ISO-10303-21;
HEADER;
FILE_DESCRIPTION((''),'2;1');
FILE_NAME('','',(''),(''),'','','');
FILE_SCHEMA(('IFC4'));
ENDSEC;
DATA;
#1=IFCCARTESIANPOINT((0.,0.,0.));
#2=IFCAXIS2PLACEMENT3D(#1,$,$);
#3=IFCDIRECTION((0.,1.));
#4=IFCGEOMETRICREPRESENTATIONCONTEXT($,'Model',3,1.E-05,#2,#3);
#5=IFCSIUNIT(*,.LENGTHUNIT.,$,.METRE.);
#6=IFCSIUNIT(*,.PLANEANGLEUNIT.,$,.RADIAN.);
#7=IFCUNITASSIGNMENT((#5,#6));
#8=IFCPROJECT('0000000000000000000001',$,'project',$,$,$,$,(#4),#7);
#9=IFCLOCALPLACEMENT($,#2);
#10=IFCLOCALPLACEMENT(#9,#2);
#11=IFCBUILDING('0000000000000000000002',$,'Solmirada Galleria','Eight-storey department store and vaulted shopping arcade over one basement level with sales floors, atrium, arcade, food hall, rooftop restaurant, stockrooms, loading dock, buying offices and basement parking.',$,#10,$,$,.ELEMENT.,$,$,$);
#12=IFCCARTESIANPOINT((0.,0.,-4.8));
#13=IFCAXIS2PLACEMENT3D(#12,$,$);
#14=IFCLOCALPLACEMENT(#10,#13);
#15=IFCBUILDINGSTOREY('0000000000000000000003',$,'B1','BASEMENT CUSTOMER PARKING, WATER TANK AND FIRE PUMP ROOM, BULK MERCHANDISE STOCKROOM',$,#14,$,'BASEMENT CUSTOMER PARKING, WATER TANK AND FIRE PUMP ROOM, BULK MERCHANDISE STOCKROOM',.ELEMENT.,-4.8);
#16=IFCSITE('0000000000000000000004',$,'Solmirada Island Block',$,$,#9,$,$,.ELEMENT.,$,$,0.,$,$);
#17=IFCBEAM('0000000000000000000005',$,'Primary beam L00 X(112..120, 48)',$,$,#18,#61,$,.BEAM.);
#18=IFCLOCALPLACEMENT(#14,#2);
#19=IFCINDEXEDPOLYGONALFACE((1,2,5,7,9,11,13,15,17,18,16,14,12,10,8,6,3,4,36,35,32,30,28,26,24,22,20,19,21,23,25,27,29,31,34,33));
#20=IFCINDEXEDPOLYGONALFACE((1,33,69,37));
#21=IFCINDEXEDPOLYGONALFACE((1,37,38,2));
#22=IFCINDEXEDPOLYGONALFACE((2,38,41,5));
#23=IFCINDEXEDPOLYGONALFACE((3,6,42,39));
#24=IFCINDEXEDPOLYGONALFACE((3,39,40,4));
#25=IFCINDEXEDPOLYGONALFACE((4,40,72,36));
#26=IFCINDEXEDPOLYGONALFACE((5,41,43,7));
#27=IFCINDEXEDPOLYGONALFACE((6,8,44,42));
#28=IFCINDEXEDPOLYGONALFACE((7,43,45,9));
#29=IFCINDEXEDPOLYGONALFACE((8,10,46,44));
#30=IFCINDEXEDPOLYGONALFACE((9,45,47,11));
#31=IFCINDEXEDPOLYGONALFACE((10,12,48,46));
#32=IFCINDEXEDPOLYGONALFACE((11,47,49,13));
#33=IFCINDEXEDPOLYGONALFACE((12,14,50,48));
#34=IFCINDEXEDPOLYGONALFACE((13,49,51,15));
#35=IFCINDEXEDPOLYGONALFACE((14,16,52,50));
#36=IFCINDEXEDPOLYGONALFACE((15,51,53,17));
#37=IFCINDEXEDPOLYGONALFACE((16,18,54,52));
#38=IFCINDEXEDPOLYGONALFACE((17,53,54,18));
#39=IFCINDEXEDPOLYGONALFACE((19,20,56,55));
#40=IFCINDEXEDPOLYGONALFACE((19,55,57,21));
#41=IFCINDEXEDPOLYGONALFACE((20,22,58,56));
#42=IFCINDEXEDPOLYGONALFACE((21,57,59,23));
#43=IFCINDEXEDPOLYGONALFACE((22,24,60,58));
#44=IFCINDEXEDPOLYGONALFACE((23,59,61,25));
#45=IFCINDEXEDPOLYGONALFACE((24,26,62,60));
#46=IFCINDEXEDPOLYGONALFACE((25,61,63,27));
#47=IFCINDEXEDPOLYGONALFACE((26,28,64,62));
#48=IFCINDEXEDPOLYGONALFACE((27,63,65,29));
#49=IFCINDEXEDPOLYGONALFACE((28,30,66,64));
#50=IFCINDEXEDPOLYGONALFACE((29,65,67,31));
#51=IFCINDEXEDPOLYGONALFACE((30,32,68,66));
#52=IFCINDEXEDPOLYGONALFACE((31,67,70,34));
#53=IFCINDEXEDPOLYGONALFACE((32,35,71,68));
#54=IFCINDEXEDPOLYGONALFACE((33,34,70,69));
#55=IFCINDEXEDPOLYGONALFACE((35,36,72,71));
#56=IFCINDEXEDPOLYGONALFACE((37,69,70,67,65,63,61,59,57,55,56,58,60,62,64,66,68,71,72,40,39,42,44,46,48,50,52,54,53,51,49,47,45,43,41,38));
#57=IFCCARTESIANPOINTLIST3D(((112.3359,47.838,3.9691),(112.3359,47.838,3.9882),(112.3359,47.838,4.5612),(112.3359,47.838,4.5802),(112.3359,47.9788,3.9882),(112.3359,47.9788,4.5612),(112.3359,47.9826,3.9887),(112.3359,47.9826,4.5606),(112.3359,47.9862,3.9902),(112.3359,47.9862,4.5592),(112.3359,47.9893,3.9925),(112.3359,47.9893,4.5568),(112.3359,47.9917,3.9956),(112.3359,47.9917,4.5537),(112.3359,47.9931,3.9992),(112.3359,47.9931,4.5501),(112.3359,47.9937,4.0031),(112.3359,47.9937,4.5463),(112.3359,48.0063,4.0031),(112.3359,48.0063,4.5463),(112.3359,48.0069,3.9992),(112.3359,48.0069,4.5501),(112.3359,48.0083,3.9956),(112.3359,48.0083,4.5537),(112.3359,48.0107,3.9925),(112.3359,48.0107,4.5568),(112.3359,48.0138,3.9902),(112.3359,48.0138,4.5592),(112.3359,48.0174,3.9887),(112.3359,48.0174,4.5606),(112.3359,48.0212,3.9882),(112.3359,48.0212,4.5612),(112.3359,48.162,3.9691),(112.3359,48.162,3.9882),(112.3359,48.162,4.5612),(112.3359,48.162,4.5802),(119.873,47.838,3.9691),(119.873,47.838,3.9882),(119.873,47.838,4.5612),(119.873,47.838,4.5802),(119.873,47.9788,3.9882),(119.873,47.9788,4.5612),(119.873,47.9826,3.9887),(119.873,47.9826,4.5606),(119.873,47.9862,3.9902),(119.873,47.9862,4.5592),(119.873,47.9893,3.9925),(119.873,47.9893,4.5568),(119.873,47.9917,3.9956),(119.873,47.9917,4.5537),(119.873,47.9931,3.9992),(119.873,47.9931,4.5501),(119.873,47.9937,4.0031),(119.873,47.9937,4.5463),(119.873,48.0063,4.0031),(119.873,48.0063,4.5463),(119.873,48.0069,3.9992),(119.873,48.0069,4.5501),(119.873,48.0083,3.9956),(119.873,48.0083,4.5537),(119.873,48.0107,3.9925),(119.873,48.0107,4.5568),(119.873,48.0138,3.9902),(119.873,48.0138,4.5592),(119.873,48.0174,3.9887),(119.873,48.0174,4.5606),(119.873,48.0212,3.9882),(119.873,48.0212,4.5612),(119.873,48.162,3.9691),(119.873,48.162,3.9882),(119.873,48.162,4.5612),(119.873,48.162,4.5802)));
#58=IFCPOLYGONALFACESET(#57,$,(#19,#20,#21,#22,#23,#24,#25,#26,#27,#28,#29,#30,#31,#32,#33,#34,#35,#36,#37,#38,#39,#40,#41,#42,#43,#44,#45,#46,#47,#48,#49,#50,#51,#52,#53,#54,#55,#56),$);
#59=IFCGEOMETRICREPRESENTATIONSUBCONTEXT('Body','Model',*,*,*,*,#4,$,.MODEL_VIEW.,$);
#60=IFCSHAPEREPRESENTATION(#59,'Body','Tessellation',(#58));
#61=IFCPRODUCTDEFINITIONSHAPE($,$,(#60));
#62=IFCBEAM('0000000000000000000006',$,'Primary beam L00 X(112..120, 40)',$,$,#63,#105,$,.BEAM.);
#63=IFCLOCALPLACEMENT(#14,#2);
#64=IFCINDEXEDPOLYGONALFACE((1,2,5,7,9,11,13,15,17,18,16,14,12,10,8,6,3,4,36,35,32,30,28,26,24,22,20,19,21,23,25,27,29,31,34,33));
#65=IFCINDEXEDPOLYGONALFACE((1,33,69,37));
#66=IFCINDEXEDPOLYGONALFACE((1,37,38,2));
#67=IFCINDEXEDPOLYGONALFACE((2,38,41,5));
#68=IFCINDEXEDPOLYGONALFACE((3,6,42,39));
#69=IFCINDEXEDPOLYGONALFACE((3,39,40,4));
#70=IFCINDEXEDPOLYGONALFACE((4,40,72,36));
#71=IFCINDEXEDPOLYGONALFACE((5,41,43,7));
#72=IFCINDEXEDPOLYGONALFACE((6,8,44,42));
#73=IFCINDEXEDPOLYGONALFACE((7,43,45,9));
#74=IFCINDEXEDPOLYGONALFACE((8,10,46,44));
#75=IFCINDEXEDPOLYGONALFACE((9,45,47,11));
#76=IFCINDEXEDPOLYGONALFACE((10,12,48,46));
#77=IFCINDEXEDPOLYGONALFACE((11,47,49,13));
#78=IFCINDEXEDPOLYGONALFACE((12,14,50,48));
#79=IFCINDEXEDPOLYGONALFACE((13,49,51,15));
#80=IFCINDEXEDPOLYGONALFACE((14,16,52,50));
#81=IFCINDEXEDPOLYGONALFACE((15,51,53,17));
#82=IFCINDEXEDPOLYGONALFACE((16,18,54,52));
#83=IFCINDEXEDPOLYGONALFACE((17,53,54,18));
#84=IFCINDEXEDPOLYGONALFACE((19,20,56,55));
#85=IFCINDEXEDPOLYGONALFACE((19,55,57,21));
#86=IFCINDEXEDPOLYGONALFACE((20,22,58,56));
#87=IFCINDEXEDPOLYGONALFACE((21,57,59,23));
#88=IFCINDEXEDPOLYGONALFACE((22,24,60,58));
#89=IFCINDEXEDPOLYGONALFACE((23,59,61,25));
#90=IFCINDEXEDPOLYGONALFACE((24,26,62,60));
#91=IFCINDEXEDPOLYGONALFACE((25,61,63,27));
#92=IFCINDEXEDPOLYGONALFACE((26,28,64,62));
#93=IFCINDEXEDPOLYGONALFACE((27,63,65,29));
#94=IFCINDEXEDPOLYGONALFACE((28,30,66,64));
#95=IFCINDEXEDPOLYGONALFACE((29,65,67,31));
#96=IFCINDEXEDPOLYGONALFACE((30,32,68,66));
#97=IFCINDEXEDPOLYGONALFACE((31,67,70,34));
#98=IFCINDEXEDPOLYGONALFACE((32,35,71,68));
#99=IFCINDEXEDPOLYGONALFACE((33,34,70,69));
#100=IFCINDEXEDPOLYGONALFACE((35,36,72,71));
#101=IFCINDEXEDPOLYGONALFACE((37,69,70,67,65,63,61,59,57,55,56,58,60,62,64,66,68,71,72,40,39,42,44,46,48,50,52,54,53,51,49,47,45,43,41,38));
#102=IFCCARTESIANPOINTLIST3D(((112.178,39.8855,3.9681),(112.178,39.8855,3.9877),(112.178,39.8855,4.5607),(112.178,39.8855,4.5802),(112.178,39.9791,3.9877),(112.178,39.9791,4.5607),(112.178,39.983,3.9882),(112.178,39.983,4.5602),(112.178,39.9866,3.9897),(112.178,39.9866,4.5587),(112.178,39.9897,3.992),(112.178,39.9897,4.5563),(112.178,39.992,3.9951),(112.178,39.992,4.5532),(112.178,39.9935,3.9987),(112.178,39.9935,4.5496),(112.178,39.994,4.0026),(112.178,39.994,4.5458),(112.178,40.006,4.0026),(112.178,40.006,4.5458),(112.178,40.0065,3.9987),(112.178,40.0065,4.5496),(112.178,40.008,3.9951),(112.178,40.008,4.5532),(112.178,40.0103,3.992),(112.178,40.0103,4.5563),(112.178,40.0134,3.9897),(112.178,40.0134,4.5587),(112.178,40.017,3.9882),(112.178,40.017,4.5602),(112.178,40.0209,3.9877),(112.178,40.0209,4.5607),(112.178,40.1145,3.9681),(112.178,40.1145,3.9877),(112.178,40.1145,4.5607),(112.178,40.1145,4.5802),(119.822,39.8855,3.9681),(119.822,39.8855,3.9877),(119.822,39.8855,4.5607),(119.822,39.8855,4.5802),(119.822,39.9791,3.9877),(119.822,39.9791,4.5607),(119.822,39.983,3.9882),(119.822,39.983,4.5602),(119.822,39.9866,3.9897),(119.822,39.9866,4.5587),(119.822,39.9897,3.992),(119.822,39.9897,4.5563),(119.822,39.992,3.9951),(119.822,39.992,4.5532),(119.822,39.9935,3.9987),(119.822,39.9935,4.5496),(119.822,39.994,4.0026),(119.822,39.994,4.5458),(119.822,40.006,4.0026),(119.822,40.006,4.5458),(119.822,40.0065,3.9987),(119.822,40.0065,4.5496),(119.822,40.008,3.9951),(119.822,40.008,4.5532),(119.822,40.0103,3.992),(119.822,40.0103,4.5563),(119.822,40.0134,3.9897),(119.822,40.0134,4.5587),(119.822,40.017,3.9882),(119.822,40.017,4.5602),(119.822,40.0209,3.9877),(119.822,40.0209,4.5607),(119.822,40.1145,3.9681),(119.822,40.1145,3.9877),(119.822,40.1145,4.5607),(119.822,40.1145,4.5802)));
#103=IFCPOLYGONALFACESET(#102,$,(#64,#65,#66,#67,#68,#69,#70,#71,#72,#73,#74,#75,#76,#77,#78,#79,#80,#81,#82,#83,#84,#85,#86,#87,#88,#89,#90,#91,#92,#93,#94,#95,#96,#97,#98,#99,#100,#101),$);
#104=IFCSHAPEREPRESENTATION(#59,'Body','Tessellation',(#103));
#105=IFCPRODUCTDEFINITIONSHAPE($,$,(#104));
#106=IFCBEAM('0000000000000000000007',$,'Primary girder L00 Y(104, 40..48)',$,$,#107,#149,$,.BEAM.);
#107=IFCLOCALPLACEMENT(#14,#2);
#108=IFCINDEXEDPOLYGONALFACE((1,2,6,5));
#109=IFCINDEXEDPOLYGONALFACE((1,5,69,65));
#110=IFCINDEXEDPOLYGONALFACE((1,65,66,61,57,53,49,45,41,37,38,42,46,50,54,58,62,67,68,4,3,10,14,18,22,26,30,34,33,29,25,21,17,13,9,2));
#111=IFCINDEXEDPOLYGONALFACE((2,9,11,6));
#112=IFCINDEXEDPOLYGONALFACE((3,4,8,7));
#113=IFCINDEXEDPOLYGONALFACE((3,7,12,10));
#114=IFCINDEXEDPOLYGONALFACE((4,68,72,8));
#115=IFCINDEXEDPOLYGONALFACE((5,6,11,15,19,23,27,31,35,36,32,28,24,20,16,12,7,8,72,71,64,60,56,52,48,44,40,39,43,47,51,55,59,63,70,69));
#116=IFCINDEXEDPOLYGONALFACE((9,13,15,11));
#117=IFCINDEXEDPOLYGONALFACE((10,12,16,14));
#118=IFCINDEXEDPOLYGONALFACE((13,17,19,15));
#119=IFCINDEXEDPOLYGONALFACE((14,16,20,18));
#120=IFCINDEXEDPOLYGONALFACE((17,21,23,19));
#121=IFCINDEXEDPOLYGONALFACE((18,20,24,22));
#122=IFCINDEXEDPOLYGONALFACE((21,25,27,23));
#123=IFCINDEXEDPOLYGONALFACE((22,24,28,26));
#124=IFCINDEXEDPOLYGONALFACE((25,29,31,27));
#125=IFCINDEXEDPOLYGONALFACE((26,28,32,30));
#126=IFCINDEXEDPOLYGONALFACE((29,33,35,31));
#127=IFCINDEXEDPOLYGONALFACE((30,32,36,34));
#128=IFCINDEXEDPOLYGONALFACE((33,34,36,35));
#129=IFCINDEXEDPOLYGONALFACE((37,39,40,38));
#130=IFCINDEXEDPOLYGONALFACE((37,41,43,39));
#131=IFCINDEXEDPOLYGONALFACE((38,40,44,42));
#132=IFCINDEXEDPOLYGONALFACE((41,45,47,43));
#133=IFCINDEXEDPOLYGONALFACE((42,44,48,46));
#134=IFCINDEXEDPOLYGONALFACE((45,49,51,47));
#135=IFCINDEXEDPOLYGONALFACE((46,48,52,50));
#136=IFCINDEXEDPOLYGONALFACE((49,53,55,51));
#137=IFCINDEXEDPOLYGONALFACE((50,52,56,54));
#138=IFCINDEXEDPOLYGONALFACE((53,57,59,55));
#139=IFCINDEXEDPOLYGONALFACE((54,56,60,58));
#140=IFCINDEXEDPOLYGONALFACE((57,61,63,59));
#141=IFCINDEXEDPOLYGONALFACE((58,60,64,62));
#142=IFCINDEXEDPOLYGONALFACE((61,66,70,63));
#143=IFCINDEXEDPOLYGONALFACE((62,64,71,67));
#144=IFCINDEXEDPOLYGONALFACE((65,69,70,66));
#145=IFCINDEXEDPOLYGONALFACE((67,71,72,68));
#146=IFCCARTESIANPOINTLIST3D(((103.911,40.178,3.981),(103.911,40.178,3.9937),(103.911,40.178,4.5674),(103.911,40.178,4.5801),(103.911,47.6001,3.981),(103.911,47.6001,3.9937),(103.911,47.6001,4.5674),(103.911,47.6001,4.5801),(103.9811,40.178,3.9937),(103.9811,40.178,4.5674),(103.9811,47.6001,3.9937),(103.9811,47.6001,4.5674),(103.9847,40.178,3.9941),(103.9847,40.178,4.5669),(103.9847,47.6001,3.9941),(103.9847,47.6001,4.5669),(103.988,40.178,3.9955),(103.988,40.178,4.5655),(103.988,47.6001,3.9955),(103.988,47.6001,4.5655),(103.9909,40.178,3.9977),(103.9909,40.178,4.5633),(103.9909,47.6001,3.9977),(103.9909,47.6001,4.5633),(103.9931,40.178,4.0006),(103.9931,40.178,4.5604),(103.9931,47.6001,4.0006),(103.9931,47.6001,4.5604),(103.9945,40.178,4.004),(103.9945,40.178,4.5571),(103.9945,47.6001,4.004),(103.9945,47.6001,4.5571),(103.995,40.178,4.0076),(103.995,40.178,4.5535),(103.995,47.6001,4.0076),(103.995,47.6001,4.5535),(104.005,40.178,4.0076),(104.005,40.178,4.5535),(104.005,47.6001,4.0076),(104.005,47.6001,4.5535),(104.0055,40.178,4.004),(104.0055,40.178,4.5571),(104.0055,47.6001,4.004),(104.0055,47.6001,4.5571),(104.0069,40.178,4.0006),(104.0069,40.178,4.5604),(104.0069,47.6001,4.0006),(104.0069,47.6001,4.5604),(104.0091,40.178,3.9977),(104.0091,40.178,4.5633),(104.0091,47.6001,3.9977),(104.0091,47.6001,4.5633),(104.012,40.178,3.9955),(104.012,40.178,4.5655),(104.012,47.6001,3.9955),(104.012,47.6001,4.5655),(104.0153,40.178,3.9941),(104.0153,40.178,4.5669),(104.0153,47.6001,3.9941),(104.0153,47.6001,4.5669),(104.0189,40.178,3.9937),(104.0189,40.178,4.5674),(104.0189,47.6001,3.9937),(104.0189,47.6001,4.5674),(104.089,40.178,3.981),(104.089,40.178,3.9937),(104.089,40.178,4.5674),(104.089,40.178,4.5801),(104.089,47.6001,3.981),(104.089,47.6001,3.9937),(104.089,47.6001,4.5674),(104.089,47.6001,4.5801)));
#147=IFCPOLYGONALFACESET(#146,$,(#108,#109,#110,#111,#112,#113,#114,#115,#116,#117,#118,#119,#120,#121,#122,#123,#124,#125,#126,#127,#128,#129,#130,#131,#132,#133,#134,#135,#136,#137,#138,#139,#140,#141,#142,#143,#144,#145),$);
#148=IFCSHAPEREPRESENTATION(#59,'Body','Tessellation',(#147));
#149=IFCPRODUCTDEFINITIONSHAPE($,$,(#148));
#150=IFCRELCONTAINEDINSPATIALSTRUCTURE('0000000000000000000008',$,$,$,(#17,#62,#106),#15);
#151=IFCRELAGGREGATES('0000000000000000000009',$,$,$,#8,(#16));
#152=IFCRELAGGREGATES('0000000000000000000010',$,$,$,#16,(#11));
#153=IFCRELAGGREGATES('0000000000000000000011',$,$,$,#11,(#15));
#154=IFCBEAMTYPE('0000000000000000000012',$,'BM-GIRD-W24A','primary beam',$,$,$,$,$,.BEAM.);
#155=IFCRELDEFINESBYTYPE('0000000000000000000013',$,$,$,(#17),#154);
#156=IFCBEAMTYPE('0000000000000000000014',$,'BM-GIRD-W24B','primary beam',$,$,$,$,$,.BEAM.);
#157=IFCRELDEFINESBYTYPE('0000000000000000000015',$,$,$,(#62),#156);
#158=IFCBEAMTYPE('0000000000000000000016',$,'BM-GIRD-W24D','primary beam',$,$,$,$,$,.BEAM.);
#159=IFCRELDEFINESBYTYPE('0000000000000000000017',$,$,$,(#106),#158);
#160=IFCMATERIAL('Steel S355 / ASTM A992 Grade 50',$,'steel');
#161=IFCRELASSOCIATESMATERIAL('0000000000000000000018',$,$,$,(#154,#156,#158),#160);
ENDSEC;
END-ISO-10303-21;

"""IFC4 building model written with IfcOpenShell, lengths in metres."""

from ifc_helpers import new_model, si_unit, direction, frame, origin, origin_2d, place, context, subcontext, project, spatial, i_section, extrude, material, material_profile, profile_set, type_object, element, save


model = new_model("IFC4")

# Units and contexts
model_context = context("Model", 3, precision=1e-05, world=origin(), true_north=direction((0.0, 1.0)))
body_context = subcontext(model_context, "Body", "Model", "MODEL_VIEW")
ifc_project = project(units=[si_unit("LENGTHUNIT", "METRE"), si_unit("PLANEANGLEUNIT", "RADIAN")], contexts=[model_context])

# Site, building, storey
site_placement = place(None, origin())
site = spatial("IfcSite", under=ifc_project, at=site_placement, Name="Solmirada Island Block", CompositionType="ELEMENT", RefElevation=0.0)
building_placement = place(site_placement, origin())
building = spatial("IfcBuilding", under=site, at=building_placement, Name="Solmirada Galleria", Description="Eight-storey department store and vaulted shopping arcade over one basement level with sales floors, atrium, arcade, food hall, rooftop restaurant, stockrooms, loading dock, buying offices and basement parking.", CompositionType="ELEMENT")
storey_placement = place(building_placement, frame((0.0, 0.0, -4.8)))
storey = spatial("IfcBuildingStorey", under=building, at=storey_placement, Name="B1", Description="BASEMENT CUSTOMER PARKING, WATER TANK AND FIRE PUMP ROOM, BULK MERCHANDISE STOCKROOM", LongName="BASEMENT CUSTOMER PARKING, WATER TANK AND FIRE PUMP ROOM, BULK MERCHANDISE STOCKROOM", CompositionType="ELEMENT", Elevation=-4.8)

# Beams
ifc_material_1 = material(Name="Steel S355 / ASTM A992 Grade 50", Category="steel")
ifc_material_profile_1 = material_profile(ifc_material_1, i_section(OverallWidth=0.324, OverallDepth=0.6111, WebThickness=0.0127, FlangeThickness=0.019, FilletRadius=0.0149, at=origin_2d()), Name="W24X104")
ifc_profile_set_1 = profile_set([ifc_material_profile_1], Name="Steel S355 / ASTM A992 Grade 50")
beam_type_1 = type_object("IfcBeamType", Name="BM-GIRD-W24A", Description="primary beam", PredefinedType="BEAM", material=ifc_profile_set_1)
beam_1_placement = place(storey_placement, frame((112.3359, 48.0, 4.2747), z_axis=(1.0, 0.0, 0.0), x_axis=(0.0, 1.0, 0.0)))
element("IfcBeam", 1, at=beam_1_placement, inside=storey, type_object=beam_type_1, Name="Primary beam L00 X(112..120, 48)", PredefinedType="BEAM", context=body_context, shape_type="SweptSolid", body=[
    extrude(i_section(OverallWidth=0.324, OverallDepth=0.6111, WebThickness=0.0127, FlangeThickness=0.019, FilletRadius=0.0149, at=origin_2d()), origin(), (0.0, 0.0, 1.0), 7.5371),
])
ifc_material_profile_2 = material_profile(ifc_material_1, i_section(OverallWidth=0.229, OverallDepth=0.6121, WebThickness=0.012, FlangeThickness=0.0195, FilletRadius=0.0149, at=origin_2d()), Name="W24X84")
ifc_profile_set_2 = profile_set([ifc_material_profile_2], Name="Steel S355 / ASTM A992 Grade 50")
beam_type_2 = type_object("IfcBeamType", Name="BM-GIRD-W24B", Description="primary beam", PredefinedType="BEAM", material=ifc_profile_set_2)
beam_2_placement = place(storey_placement, frame((112.178, 40.0, 4.2742), z_axis=(1.0, 0.0, 0.0), x_axis=(0.0, 1.0, 0.0)))
element("IfcBeam", 2, at=beam_2_placement, inside=storey, type_object=beam_type_2, Name="Primary beam L00 X(112..120, 40)", PredefinedType="BEAM", context=body_context, shape_type="SweptSolid", body=[
    extrude(i_section(OverallWidth=0.229, OverallDepth=0.6121, WebThickness=0.012, FlangeThickness=0.0195, FilletRadius=0.0149, at=origin_2d()), origin(), (0.0, 0.0, 1.0), 7.644),
])
ifc_material_profile_3 = material_profile(ifc_material_1, i_section(OverallWidth=0.178, OverallDepth=0.5991, WebThickness=0.01, FlangeThickness=0.0127, FilletRadius=0.0139, at=origin_2d()), Name="W24X55")
ifc_profile_set_3 = profile_set([ifc_material_profile_3], Name="Steel S355 / ASTM A992 Grade 50")
beam_type_3 = type_object("IfcBeamType", Name="BM-GIRD-W24D", Description="primary beam", PredefinedType="BEAM", material=ifc_profile_set_3)
beam_3_placement = place(storey_placement, frame((104.0, 40.178, 4.2805), z_axis=(0.0, 1.0, 0.0), x_axis=(-1.0, 0.0, 0.0)))
element("IfcBeam", 3, at=beam_3_placement, inside=storey, type_object=beam_type_3, Name="Primary girder L00 Y(104, 40..48)", PredefinedType="BEAM", context=body_context, shape_type="SweptSolid", body=[
    extrude(i_section(OverallWidth=0.178, OverallDepth=0.5991, WebThickness=0.01, FlangeThickness=0.0127, FilletRadius=0.0139, at=origin_2d()), origin(), (0.0, 0.0, 1.0), 7.4221),
])

save(model, "model.ifc")
